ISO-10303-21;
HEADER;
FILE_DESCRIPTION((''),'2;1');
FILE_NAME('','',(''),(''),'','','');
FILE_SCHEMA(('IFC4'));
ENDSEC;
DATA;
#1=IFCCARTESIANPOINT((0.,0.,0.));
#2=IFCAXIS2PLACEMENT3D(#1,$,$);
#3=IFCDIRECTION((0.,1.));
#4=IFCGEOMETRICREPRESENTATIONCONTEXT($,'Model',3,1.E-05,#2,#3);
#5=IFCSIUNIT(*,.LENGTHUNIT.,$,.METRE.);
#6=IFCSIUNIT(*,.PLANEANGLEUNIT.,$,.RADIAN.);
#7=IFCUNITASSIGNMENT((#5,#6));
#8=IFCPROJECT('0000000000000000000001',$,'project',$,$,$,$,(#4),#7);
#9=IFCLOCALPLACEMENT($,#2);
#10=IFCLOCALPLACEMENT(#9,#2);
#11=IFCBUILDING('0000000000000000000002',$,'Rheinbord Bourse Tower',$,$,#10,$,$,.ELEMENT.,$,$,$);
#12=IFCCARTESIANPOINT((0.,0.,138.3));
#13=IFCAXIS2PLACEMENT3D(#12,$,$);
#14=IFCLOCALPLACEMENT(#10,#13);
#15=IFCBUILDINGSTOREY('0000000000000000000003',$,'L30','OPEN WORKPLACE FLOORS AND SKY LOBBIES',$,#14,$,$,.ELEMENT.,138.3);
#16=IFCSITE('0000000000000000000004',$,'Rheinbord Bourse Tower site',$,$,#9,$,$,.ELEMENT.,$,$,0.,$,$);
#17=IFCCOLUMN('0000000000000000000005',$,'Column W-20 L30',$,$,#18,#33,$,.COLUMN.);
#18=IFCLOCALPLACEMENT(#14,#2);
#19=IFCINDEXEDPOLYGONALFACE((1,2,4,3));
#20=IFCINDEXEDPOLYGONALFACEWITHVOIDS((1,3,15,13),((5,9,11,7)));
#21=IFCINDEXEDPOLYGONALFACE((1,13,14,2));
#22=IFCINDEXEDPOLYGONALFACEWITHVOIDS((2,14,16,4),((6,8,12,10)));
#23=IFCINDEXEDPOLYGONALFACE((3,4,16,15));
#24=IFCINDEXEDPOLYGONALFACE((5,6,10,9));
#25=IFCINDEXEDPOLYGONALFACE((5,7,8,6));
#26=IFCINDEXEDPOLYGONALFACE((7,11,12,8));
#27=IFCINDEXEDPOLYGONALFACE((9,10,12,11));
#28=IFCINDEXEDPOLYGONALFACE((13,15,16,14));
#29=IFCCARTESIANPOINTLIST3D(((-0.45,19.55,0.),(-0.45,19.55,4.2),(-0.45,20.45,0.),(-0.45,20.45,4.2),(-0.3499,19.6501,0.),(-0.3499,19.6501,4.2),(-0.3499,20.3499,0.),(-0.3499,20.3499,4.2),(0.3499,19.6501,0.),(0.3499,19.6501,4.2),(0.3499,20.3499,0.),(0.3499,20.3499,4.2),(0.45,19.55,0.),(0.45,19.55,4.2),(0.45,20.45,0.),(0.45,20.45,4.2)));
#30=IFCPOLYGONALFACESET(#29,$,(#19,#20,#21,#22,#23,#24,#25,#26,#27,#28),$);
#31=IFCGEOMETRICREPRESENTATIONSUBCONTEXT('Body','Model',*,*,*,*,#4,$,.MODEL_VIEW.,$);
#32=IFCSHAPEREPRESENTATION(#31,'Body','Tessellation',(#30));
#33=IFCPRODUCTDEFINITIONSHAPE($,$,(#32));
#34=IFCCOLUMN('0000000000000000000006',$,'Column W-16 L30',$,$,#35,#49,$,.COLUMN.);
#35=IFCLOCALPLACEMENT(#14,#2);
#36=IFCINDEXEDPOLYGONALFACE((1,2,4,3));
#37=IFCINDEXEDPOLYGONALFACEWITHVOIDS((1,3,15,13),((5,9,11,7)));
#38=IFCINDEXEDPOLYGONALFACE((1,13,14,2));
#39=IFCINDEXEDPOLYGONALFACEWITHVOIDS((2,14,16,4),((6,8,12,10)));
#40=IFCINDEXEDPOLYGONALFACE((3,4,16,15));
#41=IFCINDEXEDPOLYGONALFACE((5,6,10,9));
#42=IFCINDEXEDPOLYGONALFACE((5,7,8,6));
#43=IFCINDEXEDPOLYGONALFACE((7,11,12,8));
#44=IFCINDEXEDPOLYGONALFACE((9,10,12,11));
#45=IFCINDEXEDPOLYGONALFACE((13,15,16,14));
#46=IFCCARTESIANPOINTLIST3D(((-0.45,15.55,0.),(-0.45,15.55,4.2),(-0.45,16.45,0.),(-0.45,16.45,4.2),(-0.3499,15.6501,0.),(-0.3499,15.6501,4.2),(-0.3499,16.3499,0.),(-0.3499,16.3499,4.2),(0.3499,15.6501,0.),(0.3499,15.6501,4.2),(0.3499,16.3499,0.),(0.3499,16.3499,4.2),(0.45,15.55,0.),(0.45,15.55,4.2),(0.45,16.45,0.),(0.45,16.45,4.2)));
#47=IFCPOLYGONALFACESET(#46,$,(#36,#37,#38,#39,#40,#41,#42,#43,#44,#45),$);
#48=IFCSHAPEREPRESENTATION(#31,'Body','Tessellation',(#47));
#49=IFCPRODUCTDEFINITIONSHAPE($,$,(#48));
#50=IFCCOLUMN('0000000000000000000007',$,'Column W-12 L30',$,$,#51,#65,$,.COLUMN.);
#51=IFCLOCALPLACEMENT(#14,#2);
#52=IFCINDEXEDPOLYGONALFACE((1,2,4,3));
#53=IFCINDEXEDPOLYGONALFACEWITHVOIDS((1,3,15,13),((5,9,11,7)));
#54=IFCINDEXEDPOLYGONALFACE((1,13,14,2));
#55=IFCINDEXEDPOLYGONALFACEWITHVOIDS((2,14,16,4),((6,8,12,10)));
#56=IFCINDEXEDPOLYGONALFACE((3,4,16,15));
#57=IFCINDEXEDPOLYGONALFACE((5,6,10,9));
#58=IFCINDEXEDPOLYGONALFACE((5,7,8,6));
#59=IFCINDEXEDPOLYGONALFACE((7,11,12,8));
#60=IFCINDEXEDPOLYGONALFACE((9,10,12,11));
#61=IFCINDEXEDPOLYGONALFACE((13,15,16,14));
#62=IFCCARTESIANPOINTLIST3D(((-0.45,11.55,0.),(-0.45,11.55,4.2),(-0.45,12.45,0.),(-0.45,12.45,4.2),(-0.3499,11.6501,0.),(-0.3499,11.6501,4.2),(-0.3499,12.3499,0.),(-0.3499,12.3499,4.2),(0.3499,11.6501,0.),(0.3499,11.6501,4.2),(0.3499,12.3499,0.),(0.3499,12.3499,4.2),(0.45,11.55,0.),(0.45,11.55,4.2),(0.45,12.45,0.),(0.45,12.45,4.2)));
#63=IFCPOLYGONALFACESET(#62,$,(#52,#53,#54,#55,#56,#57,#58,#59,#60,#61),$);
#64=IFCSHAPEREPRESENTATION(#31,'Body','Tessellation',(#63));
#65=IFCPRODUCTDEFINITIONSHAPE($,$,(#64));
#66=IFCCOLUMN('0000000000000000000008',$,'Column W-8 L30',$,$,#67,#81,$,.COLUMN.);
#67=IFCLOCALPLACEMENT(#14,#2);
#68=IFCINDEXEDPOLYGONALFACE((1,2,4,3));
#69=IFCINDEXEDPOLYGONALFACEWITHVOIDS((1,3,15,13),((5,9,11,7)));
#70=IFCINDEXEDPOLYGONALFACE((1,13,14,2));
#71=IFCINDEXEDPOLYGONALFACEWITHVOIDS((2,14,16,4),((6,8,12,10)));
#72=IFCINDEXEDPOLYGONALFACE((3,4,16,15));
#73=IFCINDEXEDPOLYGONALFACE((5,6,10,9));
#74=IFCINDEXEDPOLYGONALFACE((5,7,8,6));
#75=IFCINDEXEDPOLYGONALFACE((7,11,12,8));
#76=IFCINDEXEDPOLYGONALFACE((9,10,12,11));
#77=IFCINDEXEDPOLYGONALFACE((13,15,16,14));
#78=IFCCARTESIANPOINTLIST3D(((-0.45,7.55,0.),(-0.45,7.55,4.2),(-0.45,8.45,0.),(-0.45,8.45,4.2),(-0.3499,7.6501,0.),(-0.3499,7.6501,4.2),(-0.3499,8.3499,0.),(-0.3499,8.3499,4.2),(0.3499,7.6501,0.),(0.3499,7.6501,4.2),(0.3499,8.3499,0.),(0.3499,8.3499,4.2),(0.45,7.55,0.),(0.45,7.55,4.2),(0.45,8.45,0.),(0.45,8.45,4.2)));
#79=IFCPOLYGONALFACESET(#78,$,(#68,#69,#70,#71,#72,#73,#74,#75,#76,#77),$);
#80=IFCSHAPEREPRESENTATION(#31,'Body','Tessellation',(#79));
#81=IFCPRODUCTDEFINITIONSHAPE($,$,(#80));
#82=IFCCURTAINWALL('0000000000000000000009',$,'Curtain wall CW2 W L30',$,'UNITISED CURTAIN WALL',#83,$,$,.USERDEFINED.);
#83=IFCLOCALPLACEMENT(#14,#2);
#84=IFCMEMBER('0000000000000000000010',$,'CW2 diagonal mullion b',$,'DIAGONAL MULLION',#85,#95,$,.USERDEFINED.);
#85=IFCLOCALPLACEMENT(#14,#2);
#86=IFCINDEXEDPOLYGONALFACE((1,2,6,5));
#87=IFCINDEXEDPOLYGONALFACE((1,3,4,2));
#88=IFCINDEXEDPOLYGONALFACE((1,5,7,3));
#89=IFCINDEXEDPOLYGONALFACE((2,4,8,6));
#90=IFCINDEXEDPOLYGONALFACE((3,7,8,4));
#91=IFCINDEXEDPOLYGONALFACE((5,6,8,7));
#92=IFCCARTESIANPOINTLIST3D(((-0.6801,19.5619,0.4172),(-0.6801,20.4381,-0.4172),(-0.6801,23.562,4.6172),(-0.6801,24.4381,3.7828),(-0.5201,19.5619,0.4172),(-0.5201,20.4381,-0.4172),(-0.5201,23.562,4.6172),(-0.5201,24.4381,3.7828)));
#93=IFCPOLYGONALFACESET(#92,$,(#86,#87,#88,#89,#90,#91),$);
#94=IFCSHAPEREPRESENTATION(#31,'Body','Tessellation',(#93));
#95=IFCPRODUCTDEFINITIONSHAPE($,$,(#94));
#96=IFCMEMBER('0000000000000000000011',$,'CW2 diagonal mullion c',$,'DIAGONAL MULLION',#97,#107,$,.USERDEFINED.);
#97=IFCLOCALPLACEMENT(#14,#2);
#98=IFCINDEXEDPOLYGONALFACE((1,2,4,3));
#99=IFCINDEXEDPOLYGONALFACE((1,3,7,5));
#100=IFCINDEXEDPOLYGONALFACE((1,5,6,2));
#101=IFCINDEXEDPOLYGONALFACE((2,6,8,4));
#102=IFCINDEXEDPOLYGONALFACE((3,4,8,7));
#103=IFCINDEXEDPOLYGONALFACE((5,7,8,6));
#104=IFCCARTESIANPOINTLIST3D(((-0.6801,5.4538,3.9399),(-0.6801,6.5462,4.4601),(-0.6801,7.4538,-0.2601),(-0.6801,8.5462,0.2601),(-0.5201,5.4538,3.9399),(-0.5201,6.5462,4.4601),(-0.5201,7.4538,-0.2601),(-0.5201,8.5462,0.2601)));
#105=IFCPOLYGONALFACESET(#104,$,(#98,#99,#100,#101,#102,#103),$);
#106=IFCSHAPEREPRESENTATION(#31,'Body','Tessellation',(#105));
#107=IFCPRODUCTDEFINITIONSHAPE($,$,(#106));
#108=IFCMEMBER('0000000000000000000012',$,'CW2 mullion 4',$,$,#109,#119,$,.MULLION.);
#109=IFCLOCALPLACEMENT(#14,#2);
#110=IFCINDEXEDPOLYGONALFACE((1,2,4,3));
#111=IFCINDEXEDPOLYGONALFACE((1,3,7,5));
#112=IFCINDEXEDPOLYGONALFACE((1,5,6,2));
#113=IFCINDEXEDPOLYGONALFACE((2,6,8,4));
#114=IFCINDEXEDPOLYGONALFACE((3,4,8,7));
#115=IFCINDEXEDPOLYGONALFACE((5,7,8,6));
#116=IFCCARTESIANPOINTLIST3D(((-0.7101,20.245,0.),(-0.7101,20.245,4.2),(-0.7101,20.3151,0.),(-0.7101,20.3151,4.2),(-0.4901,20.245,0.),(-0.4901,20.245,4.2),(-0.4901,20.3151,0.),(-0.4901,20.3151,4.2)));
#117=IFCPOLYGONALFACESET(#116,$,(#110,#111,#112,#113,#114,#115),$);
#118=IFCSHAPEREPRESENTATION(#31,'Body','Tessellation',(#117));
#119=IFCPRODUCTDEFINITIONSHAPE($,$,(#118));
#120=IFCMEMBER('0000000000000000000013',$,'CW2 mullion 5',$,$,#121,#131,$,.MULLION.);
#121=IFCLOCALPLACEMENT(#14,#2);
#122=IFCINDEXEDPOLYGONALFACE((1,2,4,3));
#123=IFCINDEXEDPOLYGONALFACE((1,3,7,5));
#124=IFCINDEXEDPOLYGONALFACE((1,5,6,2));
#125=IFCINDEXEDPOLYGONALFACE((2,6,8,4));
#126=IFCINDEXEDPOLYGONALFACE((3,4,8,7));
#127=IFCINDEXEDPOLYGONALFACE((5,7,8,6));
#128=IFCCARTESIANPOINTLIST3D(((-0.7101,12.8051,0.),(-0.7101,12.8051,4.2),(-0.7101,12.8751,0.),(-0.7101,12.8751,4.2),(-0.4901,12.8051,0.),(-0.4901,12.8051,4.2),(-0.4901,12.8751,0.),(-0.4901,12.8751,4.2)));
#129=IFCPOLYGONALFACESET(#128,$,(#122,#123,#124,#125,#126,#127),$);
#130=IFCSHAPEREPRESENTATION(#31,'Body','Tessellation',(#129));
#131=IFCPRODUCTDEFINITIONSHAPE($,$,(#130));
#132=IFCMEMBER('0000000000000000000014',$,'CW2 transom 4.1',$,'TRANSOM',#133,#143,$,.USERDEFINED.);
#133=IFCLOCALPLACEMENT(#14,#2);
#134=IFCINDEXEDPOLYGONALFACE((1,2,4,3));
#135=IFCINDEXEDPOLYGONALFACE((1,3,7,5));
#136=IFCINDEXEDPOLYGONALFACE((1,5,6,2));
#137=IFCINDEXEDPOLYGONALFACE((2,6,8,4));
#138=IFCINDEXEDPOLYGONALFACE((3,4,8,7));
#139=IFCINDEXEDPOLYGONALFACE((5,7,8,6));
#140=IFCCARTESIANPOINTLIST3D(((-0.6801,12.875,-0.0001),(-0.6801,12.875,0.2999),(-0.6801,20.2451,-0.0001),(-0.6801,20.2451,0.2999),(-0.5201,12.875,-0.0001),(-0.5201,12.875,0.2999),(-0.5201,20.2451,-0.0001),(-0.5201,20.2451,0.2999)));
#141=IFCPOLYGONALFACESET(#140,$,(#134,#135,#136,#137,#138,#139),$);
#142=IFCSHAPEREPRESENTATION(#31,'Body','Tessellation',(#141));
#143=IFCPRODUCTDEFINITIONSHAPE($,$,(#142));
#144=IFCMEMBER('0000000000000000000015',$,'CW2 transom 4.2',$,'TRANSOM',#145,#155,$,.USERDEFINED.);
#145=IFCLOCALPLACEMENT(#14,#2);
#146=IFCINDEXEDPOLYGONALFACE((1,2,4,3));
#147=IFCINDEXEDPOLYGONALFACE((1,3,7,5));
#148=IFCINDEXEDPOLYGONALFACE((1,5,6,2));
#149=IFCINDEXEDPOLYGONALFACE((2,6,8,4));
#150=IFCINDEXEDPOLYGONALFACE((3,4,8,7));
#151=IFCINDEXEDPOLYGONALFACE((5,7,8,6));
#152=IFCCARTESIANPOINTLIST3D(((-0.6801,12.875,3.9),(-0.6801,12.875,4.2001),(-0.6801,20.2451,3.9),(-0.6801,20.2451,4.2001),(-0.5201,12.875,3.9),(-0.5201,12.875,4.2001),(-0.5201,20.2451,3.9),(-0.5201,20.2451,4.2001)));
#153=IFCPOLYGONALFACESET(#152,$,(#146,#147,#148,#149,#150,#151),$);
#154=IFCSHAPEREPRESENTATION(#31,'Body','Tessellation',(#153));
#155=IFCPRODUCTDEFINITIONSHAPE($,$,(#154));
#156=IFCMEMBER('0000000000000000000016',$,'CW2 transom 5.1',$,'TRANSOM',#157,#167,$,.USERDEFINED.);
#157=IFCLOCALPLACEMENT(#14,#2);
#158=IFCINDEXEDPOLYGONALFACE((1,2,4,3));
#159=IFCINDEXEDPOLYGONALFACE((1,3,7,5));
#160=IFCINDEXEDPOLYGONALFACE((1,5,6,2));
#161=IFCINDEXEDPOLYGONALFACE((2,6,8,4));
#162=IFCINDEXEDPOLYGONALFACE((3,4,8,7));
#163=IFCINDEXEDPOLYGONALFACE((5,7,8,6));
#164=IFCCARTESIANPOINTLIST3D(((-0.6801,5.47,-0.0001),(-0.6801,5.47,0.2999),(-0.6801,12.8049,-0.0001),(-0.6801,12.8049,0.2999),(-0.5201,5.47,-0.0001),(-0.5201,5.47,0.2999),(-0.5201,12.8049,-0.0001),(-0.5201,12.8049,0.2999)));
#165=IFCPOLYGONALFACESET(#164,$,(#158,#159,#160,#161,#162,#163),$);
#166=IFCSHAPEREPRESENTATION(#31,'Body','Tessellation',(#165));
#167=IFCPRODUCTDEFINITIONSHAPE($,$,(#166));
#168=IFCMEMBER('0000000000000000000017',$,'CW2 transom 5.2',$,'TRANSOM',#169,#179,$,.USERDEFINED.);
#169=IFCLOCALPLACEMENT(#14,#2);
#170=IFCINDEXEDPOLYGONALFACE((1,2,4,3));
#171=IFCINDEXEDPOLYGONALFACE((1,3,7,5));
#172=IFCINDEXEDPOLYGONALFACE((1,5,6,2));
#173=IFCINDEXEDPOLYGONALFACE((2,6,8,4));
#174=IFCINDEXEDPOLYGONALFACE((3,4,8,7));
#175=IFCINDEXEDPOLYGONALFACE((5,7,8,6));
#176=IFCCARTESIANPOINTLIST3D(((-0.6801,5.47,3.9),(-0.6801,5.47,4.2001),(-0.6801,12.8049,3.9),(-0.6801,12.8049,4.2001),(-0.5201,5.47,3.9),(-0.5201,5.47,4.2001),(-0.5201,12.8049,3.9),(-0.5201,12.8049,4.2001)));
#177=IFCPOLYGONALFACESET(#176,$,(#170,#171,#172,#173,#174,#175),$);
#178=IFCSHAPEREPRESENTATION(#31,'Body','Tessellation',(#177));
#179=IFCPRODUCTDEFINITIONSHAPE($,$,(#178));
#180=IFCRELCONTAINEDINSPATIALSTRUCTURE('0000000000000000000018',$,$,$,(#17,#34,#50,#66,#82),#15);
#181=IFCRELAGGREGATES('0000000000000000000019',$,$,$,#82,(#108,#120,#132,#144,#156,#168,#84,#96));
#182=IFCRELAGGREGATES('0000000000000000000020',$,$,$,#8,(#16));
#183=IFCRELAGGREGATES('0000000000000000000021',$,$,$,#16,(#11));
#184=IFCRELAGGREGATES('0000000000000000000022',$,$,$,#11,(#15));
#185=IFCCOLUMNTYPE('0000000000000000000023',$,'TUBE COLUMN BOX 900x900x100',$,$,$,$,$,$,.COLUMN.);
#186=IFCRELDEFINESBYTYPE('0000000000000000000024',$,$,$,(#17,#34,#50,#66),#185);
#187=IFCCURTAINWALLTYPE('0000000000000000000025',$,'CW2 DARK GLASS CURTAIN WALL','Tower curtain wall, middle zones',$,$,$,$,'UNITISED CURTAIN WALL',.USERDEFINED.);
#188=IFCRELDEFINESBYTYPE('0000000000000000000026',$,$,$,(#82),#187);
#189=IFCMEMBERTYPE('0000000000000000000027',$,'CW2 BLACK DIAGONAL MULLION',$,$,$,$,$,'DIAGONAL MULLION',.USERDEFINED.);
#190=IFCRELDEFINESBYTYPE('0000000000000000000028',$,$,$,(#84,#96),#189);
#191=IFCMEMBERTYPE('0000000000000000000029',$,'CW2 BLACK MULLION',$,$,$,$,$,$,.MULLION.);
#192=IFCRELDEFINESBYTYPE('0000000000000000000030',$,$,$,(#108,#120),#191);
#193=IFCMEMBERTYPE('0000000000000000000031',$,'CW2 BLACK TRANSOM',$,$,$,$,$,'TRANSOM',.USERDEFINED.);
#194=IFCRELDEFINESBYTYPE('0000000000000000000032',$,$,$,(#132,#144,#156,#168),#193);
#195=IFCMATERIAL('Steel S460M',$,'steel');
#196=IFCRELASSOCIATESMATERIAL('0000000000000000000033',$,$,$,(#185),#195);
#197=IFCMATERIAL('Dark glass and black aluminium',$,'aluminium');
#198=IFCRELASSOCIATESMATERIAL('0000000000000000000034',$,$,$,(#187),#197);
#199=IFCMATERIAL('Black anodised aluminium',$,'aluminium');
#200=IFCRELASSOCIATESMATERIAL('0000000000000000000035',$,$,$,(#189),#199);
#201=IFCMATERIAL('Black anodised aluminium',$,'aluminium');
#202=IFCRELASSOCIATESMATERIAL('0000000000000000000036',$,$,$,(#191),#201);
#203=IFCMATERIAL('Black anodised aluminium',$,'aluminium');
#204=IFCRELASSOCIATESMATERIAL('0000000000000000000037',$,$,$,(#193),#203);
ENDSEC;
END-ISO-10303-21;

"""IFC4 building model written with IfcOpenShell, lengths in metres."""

from ifc_helpers import new_model, si_unit, direction, frame, origin, origin_2d, place, context, subcontext, project, spatial, rectangle, hollow_rectangle, extrude, material, material_profile, profile_set, type_object, element, aggregate, save


model = new_model("IFC4")

# Units and contexts
model_context = context("Model", 3, precision=1e-05, world=origin(), true_north=direction((0.0, 1.0)))
body_context = subcontext(model_context, "Body", "Model", "MODEL_VIEW")
ifc_project = project(units=[si_unit("LENGTHUNIT", "METRE"), si_unit("PLANEANGLEUNIT", "RADIAN")], contexts=[model_context])

# Site, building, storey
site_placement = place(None, origin())
site = spatial("IfcSite", under=ifc_project, at=site_placement, Name="Rheinbord Bourse Tower site", CompositionType="ELEMENT", RefElevation=0.0)
building_placement = place(site_placement, origin())
building = spatial("IfcBuilding", under=site, at=building_placement, Name="Rheinbord Bourse Tower", CompositionType="ELEMENT")
storey_placement = place(building_placement, frame((0.0, 0.0, 138.3)))
storey = spatial("IfcBuildingStorey", under=building, at=storey_placement, Name="L30", Description="OPEN WORKPLACE FLOORS AND SKY LOBBIES", CompositionType="ELEMENT", Elevation=138.3)

# Columns
ifc_material_1 = material(Name="Steel S460M", Category="steel")
ifc_material_profile_1 = material_profile(ifc_material_1, hollow_rectangle(XDim=0.8999, YDim=0.8999, WallThickness=0.1001, at=origin_2d()), Name="BOX 900x900x100")
ifc_profile_set_1 = profile_set([ifc_material_profile_1], Name="Steel S460M")
column_type = type_object("IfcColumnType", Name="TUBE COLUMN BOX 900x900x100", PredefinedType="COLUMN", material=ifc_profile_set_1)
for number, where, z_axis, x_axis, name in (
    (1, (0.0, 20.0, 0.0), (0.0, 0.0, 1.0), (1.0, 0.0, 0.0), "Column W-20 L30"),
    (2, (0.0, 16.0, 0.0), (0.0, 0.0, 1.0), (1.0, 0.0, 0.0), "Column W-16 L30"),
    (3, (0.0, 12.0, 0.0), (0.0, 0.0, 1.0), (1.0, 0.0, 0.0), "Column W-12 L30"),
    (4, (0.0, 8.0, 0.0), (0.0, 0.0, 1.0), (1.0, 0.0, 0.0), "Column W-8 L30"),
):
    element("IfcColumn", number, at=place(storey_placement, frame(where, z_axis=z_axis, x_axis=x_axis)), inside=storey, type_object=column_type, Name=name, PredefinedType="COLUMN", context=body_context, shape_type="SweptSolid", body=[
        extrude(hollow_rectangle(XDim=0.8999, YDim=0.8999, WallThickness=0.1001, at=origin_2d()), origin(), (0.0, 0.0, 1.0), 4.2),
    ])

# Curtain wall, members
ifc_material_2 = material(Name="Dark glass and black aluminium", Category="aluminium")
curtain_wall_type = type_object("IfcCurtainWallType", Name="CW2 DARK GLASS CURTAIN WALL", Description="Tower curtain wall, middle zones", ElementType="UNITISED CURTAIN WALL", PredefinedType="USERDEFINED", material=ifc_material_2)
curtain_wall_placement = place(storey_placement, origin())
curtain_wall = element("IfcCurtainWall", 5, at=curtain_wall_placement, inside=storey, type_object=curtain_wall_type, Name="Curtain wall CW2 W L30", ObjectType="UNITISED CURTAIN WALL", PredefinedType="USERDEFINED")
ifc_material_3 = material(Name="Black anodised aluminium", Category="aluminium")
ifc_material_profile_2 = material_profile(ifc_material_3, rectangle(XDim=0.1599, YDim=1.21, at=origin_2d()), Name="CW2 DIAGONAL MULLION 1210x160")
ifc_profile_set_2 = profile_set([ifc_material_profile_2], Name="Black anodised aluminium")
member_type_1 = type_object("IfcMemberType", Name="CW2 BLACK DIAGONAL MULLION", ElementType="DIAGONAL MULLION", PredefinedType="USERDEFINED", material=ifc_profile_set_2)
member_1_placement = place(storey_placement, frame((-0.6001, 20.0, 0.0), z_axis=(0.0, 0.689659, 0.724134), x_axis=(-1.0, 0.0, 0.0)))
member_1 = element("IfcMember", 6, at=member_1_placement, type_object=member_type_1, Name="CW2 diagonal mullion b", ObjectType="DIAGONAL MULLION", PredefinedType="USERDEFINED", context=body_context, shape_type="SweptSolid", body=[
    extrude(rectangle(XDim=0.1599, YDim=1.21, at=origin_2d()), origin(), (0.0, 0.0, 1.0), 5.8),
])
member_2_placement = place(storey_placement, frame((-0.6001, 8.0, 0.0), z_axis=(0.0, -0.429938, 0.902859), x_axis=(1.0, 0.0, 0.0)))
member_2 = element("IfcMember", 7, at=member_2_placement, type_object=member_type_1, Name="CW2 diagonal mullion c", ObjectType="DIAGONAL MULLION", PredefinedType="USERDEFINED", context=body_context, shape_type="SweptSolid", body=[
    extrude(rectangle(XDim=0.1599, YDim=1.21, at=origin_2d()), origin(), (0.0, 0.0, 1.0), 4.6519),
])
ifc_material_4 = material(Name="Black anodised aluminium", Category="aluminium")
ifc_material_profile_3 = material_profile(ifc_material_4, rectangle(XDim=0.22, YDim=0.0701, at=origin_2d()), Name="CW2 MULLION 70x220")
ifc_profile_set_3 = profile_set([ifc_material_profile_3], Name="Black anodised aluminium")
member_type_2 = type_object("IfcMemberType", Name="CW2 BLACK MULLION", PredefinedType="MULLION", material=ifc_profile_set_3)
member_3_placement = place(storey_placement, frame((-0.6001, 20.28, 0.0), z_axis=(0.0, 0.0, 1.0), x_axis=(1.0, 0.0, 0.0)))
member_3 = element("IfcMember", 8, at=member_3_placement, type_object=member_type_2, Name="CW2 mullion 4", PredefinedType="MULLION", context=body_context, shape_type="SweptSolid", body=[
    extrude(rectangle(XDim=0.22, YDim=0.0701, at=origin_2d()), origin(), (0.0, 0.0, 1.0), 4.2),
])
member_4_placement = place(storey_placement, frame((-0.6001, 12.8401, 0.0), z_axis=(0.0, 0.0, 1.0), x_axis=(1.0, 0.0, 0.0)))
member_4 = element("IfcMember", 9, at=member_4_placement, type_object=member_type_2, Name="CW2 mullion 5", PredefinedType="MULLION", context=body_context, shape_type="SweptSolid", body=[
    extrude(rectangle(XDim=0.22, YDim=0.0701, at=origin_2d()), origin(), (0.0, 0.0, 1.0), 4.2),
])
ifc_material_5 = material(Name="Black anodised aluminium", Category="aluminium")
ifc_material_profile_4 = material_profile(ifc_material_5, rectangle(XDim=0.1599, YDim=0.3, at=origin_2d()), Name="CW2 TRANSOM 300x160")
ifc_profile_set_4 = profile_set([ifc_material_profile_4], Name="Black anodised aluminium")
member_type_3 = type_object("IfcMemberType", Name="CW2 BLACK TRANSOM", ElementType="TRANSOM", PredefinedType="USERDEFINED", material=ifc_profile_set_4)
member_5_placement = place(storey_placement, frame((-0.6001, 20.2451, 0.1499), z_axis=(0.0, -1.0, 0.0), x_axis=(1.0, 0.0, 0.0)))
member_5 = element("IfcMember", 10, at=member_5_placement, type_object=member_type_3, Name="CW2 transom 4.1", ObjectType="TRANSOM", PredefinedType="USERDEFINED", context=body_context, shape_type="SweptSolid", body=[
    extrude(rectangle(XDim=0.1599, YDim=0.3, at=origin_2d()), origin(), (0.0, 0.0, 1.0), 7.3701),
])
member_6_placement = place(storey_placement, frame((-0.6001, 20.2451, 4.05), z_axis=(0.0, -1.0, 0.0), x_axis=(1.0, 0.0, 0.0)))
member_6 = element("IfcMember", 11, at=member_6_placement, type_object=member_type_3, Name="CW2 transom 4.2", ObjectType="TRANSOM", PredefinedType="USERDEFINED", context=body_context, shape_type="SweptSolid", body=[
    extrude(rectangle(XDim=0.1599, YDim=0.3, at=origin_2d()), origin(), (0.0, 0.0, 1.0), 7.3701),
])
member_7_placement = place(storey_placement, frame((-0.6001, 12.8049, 0.1499), z_axis=(0.0, -1.0, 0.0), x_axis=(1.0, 0.0, 0.0)))
member_7 = element("IfcMember", 12, at=member_7_placement, type_object=member_type_3, Name="CW2 transom 5.1", ObjectType="TRANSOM", PredefinedType="USERDEFINED", context=body_context, shape_type="SweptSolid", body=[
    extrude(rectangle(XDim=0.1599, YDim=0.3, at=origin_2d()), origin(), (0.0, 0.0, 1.0), 7.335),
])
member_8_placement = place(storey_placement, frame((-0.6001, 12.8049, 4.05), z_axis=(0.0, -1.0, 0.0), x_axis=(1.0, 0.0, 0.0)))
member_8 = element("IfcMember", 13, at=member_8_placement, type_object=member_type_3, Name="CW2 transom 5.2", ObjectType="TRANSOM", PredefinedType="USERDEFINED", context=body_context, shape_type="SweptSolid", body=[
    extrude(rectangle(XDim=0.1599, YDim=0.3, at=origin_2d()), origin(), (0.0, 0.0, 1.0), 7.335),
])

aggregate(curtain_wall, [member_3, member_4, member_5, member_6, member_7, member_8, member_1, member_2])

save(model, "model.ifc")
